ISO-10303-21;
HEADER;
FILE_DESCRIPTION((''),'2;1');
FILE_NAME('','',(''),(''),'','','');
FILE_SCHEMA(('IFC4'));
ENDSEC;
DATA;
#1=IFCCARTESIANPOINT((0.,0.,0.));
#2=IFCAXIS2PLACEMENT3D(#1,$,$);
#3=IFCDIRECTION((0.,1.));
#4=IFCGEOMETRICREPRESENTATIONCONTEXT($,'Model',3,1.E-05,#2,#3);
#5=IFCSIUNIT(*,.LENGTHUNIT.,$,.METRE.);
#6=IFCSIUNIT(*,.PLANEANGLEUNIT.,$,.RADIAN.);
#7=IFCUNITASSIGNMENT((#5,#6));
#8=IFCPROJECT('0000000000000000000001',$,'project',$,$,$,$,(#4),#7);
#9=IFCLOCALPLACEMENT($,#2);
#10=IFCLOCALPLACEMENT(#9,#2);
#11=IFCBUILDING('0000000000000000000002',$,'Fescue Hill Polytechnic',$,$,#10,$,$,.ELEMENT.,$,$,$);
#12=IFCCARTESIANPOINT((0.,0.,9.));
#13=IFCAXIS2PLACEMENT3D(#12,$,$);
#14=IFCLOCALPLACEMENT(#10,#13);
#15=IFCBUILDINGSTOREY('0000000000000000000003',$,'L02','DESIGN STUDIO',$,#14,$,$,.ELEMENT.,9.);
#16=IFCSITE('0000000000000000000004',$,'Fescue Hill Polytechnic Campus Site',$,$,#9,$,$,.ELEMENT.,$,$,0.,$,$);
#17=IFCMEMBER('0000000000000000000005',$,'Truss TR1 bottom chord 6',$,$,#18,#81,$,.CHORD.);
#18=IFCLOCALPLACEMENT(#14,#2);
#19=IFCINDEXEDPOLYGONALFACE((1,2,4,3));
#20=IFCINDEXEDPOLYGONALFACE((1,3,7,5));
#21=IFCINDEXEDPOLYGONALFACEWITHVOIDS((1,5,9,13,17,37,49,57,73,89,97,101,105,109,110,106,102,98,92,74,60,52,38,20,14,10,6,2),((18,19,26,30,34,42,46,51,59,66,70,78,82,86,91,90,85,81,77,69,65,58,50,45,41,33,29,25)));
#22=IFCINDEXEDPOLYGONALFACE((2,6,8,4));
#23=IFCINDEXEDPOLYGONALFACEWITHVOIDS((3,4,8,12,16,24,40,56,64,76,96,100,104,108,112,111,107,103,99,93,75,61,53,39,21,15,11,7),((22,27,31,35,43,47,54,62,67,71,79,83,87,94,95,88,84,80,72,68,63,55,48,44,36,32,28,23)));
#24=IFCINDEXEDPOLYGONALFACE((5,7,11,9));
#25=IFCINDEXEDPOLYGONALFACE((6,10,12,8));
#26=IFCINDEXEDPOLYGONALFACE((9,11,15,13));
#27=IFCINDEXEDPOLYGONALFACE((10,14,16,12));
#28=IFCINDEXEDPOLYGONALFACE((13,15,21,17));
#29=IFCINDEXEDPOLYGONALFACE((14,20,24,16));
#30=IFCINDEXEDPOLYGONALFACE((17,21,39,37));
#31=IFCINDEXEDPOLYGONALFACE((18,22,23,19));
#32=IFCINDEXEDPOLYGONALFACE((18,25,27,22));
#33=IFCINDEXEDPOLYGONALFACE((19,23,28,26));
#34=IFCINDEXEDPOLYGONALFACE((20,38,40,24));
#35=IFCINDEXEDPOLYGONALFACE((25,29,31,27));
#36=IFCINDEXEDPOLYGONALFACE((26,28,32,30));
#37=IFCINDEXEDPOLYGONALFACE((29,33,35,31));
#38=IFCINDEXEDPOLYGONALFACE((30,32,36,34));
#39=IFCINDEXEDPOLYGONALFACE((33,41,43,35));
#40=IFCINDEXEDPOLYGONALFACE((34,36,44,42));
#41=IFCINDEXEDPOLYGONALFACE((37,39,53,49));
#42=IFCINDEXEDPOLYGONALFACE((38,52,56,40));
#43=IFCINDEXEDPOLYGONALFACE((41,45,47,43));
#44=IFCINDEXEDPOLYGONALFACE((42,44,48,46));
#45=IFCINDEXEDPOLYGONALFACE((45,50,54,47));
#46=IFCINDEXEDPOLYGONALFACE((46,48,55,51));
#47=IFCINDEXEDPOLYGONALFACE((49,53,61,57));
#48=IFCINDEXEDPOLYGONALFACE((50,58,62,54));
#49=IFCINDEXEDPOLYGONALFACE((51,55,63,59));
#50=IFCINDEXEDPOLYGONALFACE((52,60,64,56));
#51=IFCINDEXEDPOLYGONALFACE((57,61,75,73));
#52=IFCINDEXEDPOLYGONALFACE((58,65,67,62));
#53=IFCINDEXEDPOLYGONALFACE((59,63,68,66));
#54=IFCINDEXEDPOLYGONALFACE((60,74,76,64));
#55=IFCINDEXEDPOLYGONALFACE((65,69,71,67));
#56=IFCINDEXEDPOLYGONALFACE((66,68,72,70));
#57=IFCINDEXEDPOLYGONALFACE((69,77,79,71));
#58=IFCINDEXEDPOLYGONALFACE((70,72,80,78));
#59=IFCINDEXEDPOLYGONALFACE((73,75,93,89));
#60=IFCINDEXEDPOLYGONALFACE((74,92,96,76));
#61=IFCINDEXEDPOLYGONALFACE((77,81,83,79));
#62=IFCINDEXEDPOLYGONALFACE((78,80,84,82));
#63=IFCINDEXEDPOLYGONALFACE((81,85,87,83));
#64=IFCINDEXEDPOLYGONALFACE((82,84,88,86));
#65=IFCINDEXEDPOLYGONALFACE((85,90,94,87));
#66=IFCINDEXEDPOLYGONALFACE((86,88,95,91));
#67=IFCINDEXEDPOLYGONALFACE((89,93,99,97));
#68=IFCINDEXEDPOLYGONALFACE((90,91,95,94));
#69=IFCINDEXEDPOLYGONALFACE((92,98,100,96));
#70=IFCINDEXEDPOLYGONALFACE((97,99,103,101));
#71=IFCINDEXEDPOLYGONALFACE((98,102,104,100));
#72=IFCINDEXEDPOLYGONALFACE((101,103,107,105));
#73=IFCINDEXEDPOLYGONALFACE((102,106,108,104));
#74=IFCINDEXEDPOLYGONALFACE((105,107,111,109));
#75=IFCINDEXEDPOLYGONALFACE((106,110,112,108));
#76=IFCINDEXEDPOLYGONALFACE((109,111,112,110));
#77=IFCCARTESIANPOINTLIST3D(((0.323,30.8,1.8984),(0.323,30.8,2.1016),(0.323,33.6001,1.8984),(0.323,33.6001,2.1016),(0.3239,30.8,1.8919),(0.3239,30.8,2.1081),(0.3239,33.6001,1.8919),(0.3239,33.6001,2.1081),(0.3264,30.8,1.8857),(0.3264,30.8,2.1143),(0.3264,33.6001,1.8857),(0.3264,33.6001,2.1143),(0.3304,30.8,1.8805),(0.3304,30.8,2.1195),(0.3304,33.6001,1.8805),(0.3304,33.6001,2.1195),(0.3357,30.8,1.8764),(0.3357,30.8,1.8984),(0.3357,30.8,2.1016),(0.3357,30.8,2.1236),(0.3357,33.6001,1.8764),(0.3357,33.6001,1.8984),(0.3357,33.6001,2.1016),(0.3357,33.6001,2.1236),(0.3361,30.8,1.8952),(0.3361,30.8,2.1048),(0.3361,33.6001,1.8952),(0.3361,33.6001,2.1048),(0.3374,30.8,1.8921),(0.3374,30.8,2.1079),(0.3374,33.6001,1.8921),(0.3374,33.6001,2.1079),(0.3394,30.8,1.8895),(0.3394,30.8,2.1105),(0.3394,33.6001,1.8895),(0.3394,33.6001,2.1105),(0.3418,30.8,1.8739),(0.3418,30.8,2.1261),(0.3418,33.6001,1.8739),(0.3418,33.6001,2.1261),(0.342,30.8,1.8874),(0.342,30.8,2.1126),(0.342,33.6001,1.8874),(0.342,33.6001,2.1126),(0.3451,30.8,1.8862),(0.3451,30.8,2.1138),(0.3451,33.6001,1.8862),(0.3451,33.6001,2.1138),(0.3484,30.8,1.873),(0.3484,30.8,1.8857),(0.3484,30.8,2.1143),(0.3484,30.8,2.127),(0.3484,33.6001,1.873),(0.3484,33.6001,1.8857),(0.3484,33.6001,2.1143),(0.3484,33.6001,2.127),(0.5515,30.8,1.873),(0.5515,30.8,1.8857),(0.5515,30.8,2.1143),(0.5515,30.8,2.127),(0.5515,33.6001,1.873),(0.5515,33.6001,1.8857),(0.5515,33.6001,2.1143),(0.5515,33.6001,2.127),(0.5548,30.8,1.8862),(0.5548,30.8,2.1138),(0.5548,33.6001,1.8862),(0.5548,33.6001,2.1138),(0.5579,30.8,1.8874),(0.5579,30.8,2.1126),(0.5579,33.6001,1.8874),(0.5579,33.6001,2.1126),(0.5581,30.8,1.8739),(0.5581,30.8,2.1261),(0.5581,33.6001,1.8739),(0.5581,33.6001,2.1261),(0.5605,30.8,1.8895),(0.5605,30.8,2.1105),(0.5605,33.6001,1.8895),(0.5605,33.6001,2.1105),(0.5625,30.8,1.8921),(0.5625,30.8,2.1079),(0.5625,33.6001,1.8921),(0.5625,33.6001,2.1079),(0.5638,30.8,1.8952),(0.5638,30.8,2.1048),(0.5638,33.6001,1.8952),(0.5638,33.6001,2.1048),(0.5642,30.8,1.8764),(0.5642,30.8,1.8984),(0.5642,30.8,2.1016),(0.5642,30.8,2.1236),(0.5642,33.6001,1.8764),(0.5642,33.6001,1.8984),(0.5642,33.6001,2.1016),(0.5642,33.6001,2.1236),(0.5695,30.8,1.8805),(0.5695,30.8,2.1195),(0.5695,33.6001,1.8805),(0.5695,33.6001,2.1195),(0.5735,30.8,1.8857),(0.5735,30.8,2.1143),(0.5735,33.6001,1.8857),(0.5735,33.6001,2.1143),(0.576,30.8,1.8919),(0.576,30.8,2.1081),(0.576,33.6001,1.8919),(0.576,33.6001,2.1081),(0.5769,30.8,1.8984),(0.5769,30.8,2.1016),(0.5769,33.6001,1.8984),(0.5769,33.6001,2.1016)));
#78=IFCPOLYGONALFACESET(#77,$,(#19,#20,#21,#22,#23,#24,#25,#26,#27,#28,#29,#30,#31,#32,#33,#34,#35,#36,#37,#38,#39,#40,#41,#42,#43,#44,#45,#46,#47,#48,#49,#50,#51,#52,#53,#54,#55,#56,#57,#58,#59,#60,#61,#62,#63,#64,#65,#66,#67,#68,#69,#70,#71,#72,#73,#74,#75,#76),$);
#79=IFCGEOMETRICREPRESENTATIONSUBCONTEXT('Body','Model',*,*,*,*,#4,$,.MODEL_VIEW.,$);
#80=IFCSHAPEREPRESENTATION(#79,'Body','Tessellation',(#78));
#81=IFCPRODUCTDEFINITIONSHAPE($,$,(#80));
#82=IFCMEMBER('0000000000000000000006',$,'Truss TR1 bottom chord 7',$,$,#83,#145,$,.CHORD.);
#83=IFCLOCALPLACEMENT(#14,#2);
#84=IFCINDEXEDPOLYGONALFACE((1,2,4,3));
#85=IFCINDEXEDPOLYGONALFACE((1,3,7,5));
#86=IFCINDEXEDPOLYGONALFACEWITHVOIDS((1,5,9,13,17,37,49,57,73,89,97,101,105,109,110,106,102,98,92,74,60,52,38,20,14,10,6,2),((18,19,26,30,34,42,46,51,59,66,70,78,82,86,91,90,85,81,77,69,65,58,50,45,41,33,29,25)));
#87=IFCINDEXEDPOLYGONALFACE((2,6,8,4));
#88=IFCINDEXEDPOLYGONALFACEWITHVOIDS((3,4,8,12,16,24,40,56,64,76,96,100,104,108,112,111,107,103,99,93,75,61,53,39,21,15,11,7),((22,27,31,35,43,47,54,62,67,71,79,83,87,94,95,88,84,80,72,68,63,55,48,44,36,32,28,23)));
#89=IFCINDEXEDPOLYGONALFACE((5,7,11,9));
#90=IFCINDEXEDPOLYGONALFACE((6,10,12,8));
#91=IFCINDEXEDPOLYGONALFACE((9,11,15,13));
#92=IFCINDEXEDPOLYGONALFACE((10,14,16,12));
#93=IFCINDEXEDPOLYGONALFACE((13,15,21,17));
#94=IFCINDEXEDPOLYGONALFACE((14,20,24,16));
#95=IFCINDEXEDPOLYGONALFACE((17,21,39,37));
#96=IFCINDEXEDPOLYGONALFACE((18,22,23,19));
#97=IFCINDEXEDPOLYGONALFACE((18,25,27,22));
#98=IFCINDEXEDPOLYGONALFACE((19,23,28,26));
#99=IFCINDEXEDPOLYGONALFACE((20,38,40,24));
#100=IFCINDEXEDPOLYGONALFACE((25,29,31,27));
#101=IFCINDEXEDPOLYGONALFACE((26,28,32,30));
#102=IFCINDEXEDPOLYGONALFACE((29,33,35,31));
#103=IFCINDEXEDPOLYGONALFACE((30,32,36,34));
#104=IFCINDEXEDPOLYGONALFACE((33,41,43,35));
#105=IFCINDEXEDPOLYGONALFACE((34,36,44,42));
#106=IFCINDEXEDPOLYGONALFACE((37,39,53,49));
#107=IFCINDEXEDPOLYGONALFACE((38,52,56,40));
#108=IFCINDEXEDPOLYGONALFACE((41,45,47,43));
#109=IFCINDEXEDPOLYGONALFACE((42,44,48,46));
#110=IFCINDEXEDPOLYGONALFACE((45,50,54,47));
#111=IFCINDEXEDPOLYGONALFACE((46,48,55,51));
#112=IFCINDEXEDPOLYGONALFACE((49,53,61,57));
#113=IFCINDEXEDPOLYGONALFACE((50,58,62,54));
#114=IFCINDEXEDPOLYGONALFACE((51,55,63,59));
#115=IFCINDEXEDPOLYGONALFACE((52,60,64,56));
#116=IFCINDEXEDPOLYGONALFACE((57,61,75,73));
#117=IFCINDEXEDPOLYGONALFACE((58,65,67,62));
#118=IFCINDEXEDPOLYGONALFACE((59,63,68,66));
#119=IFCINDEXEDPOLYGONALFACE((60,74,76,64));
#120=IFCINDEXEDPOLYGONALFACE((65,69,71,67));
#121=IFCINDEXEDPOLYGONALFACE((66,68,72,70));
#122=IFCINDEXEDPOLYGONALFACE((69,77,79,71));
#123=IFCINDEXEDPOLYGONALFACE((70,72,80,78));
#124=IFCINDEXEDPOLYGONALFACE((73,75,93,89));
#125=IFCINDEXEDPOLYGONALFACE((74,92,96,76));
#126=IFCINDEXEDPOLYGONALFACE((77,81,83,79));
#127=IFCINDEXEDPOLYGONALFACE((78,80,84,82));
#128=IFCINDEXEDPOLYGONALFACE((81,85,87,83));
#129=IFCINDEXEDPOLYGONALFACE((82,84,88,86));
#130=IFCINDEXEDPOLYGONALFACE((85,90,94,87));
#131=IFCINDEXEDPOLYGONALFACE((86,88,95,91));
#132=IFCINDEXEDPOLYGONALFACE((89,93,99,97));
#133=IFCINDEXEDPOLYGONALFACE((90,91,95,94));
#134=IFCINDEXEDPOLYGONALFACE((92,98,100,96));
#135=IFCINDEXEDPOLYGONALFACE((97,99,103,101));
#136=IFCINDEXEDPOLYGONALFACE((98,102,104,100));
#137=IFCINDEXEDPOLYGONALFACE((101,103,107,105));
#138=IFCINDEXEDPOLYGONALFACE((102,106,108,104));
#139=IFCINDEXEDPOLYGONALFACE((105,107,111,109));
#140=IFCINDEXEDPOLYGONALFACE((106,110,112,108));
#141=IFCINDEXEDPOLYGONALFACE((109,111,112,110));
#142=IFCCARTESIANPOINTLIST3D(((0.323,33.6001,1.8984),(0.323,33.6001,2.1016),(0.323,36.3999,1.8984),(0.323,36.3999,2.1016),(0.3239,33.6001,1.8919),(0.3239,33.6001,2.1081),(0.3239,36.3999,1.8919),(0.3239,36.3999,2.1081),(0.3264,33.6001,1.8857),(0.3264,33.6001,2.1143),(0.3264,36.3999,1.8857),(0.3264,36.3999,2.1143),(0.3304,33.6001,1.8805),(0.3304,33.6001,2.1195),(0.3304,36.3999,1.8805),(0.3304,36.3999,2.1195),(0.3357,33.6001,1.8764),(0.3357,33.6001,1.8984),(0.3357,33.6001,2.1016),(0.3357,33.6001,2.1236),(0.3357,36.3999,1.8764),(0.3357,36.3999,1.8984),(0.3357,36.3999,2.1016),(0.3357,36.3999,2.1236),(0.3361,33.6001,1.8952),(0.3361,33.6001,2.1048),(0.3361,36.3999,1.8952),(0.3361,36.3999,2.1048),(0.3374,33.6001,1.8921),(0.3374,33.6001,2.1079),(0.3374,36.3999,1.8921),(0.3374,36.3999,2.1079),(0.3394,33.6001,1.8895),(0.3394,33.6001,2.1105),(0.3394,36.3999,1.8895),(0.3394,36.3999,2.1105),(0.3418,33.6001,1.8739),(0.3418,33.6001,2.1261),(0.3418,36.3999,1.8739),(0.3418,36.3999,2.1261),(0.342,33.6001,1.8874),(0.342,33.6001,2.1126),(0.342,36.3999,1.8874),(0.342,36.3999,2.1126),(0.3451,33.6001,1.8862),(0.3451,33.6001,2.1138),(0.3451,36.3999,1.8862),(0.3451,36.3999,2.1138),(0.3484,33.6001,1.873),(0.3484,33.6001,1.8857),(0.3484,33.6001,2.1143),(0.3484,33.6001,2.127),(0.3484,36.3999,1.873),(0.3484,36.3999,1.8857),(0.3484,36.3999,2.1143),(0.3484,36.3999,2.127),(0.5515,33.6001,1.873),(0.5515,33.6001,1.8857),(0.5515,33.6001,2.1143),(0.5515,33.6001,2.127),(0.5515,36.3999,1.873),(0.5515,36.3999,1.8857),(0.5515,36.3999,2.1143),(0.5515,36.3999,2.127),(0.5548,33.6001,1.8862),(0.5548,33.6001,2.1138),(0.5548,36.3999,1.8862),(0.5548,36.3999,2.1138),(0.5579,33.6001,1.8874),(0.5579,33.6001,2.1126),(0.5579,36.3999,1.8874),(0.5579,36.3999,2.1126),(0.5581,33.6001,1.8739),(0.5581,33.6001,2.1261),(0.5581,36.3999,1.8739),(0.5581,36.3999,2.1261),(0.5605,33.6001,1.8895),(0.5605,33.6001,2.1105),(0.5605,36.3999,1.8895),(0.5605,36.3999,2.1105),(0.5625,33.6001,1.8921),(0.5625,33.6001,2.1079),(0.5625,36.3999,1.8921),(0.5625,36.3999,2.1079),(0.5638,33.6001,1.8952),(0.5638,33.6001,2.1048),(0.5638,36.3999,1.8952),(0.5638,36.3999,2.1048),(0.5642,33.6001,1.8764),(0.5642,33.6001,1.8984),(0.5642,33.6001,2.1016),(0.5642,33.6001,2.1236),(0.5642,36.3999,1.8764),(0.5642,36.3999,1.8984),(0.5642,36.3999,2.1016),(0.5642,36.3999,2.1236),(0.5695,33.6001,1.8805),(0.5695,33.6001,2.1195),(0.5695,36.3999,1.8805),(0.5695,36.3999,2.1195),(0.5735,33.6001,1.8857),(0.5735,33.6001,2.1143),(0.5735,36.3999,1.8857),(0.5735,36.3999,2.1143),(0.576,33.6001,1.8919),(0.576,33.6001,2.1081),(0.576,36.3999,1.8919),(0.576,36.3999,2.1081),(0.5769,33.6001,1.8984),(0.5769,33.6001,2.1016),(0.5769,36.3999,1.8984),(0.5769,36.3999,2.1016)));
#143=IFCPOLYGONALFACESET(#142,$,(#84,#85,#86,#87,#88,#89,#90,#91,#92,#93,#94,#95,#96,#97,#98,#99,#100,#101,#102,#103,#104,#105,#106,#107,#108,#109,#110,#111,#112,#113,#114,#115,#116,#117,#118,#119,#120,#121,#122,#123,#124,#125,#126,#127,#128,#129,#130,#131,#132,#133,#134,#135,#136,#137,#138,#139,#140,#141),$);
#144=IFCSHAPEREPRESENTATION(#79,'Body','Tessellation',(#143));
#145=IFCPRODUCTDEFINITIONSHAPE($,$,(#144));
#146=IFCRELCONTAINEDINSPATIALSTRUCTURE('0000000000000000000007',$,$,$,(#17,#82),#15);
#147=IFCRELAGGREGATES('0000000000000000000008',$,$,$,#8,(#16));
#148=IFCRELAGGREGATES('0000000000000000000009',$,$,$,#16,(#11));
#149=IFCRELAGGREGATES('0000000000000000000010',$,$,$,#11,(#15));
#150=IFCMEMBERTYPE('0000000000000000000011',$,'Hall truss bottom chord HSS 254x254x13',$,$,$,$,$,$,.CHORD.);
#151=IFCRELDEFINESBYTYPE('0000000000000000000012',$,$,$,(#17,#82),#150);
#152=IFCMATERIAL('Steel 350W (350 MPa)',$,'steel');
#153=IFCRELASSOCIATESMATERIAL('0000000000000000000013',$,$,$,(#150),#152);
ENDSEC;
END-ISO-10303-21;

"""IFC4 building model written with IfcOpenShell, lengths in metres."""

from ifc_helpers import new_model, si_unit, direction, frame, origin, origin_2d, place, context, subcontext, project, spatial, hollow_rectangle, extrude, material, material_profile, profile_set, type_object, element, save


model = new_model("IFC4")

# Units and contexts
model_context = context("Model", 3, precision=1e-05, world=origin(), true_north=direction((0.0, 1.0)))
body_context = subcontext(model_context, "Body", "Model", "MODEL_VIEW")
ifc_project = project(units=[si_unit("LENGTHUNIT", "METRE"), si_unit("PLANEANGLEUNIT", "RADIAN")], contexts=[model_context])

# Site, building, storey
site_placement = place(None, origin())
site = spatial("IfcSite", under=ifc_project, at=site_placement, Name="Fescue Hill Polytechnic Campus Site", CompositionType="ELEMENT", RefElevation=0.0)
building_placement = place(site_placement, origin())
building = spatial("IfcBuilding", under=site, at=building_placement, Name="Fescue Hill Polytechnic", CompositionType="ELEMENT")
storey_placement = place(building_placement, frame((0.0, 0.0, 9.0)))
storey = spatial("IfcBuildingStorey", under=building, at=storey_placement, Name="L02", Description="DESIGN STUDIO", CompositionType="ELEMENT", Elevation=9.0)

# Members
ifc_material_1 = material(Name="Steel 350W (350 MPa)", Category="steel")
ifc_material_profile_1 = material_profile(ifc_material_1, hollow_rectangle(XDim=0.2539, YDim=0.2539, WallThickness=0.0127, InnerFilletRadius=0.0127, OuterFilletRadius=0.0254, at=origin_2d()), Name="Hall truss bottom chord HSS 254x254x13")
ifc_profile_set_1 = profile_set([ifc_material_profile_1], Name="Steel 350W (350 MPa)")
member_type_1 = type_object("IfcMemberType", Name="Hall truss bottom chord HSS 254x254x13", PredefinedType="CHORD", material=ifc_profile_set_1)
for number, where, z_axis, x_axis, name in (
    (1, (0.45, 30.8, 2.0), (0.0, 1.0, 0.0), (-1.0, 0.0, 0.0), "Truss TR1 bottom chord 6"),
):
    element("IfcMember", number, at=place(storey_placement, frame(where, z_axis=z_axis, x_axis=x_axis)), inside=storey, type_object=member_type_1, Name=name, PredefinedType="CHORD", context=body_context, shape_type="SweptSolid", body=[
        extrude(hollow_rectangle(XDim=0.2539, YDim=0.2539, WallThickness=0.0127, InnerFilletRadius=0.0127, OuterFilletRadius=0.0254, at=origin_2d()), origin(), (0.0, 0.0, 1.0), 2.8),
    ])
member_1_placement = place(storey_placement, frame((0.45, 33.6001, 2.0), z_axis=(0.0, 1.0, 0.0), x_axis=(-1.0, 0.0, 0.0)))
element("IfcMember", 2, at=member_1_placement, inside=storey, type_object=member_type_1, Name="Truss TR1 bottom chord 7", PredefinedType="CHORD", context=body_context, shape_type="SweptSolid", body=[
    extrude(hollow_rectangle(XDim=0.2539, YDim=0.2539, WallThickness=0.0127, InnerFilletRadius=0.0127, OuterFilletRadius=0.0254, at=origin_2d()), origin(), (0.0, 0.0, 1.0), 2.7998),
])

save(model, "model.ifc")
